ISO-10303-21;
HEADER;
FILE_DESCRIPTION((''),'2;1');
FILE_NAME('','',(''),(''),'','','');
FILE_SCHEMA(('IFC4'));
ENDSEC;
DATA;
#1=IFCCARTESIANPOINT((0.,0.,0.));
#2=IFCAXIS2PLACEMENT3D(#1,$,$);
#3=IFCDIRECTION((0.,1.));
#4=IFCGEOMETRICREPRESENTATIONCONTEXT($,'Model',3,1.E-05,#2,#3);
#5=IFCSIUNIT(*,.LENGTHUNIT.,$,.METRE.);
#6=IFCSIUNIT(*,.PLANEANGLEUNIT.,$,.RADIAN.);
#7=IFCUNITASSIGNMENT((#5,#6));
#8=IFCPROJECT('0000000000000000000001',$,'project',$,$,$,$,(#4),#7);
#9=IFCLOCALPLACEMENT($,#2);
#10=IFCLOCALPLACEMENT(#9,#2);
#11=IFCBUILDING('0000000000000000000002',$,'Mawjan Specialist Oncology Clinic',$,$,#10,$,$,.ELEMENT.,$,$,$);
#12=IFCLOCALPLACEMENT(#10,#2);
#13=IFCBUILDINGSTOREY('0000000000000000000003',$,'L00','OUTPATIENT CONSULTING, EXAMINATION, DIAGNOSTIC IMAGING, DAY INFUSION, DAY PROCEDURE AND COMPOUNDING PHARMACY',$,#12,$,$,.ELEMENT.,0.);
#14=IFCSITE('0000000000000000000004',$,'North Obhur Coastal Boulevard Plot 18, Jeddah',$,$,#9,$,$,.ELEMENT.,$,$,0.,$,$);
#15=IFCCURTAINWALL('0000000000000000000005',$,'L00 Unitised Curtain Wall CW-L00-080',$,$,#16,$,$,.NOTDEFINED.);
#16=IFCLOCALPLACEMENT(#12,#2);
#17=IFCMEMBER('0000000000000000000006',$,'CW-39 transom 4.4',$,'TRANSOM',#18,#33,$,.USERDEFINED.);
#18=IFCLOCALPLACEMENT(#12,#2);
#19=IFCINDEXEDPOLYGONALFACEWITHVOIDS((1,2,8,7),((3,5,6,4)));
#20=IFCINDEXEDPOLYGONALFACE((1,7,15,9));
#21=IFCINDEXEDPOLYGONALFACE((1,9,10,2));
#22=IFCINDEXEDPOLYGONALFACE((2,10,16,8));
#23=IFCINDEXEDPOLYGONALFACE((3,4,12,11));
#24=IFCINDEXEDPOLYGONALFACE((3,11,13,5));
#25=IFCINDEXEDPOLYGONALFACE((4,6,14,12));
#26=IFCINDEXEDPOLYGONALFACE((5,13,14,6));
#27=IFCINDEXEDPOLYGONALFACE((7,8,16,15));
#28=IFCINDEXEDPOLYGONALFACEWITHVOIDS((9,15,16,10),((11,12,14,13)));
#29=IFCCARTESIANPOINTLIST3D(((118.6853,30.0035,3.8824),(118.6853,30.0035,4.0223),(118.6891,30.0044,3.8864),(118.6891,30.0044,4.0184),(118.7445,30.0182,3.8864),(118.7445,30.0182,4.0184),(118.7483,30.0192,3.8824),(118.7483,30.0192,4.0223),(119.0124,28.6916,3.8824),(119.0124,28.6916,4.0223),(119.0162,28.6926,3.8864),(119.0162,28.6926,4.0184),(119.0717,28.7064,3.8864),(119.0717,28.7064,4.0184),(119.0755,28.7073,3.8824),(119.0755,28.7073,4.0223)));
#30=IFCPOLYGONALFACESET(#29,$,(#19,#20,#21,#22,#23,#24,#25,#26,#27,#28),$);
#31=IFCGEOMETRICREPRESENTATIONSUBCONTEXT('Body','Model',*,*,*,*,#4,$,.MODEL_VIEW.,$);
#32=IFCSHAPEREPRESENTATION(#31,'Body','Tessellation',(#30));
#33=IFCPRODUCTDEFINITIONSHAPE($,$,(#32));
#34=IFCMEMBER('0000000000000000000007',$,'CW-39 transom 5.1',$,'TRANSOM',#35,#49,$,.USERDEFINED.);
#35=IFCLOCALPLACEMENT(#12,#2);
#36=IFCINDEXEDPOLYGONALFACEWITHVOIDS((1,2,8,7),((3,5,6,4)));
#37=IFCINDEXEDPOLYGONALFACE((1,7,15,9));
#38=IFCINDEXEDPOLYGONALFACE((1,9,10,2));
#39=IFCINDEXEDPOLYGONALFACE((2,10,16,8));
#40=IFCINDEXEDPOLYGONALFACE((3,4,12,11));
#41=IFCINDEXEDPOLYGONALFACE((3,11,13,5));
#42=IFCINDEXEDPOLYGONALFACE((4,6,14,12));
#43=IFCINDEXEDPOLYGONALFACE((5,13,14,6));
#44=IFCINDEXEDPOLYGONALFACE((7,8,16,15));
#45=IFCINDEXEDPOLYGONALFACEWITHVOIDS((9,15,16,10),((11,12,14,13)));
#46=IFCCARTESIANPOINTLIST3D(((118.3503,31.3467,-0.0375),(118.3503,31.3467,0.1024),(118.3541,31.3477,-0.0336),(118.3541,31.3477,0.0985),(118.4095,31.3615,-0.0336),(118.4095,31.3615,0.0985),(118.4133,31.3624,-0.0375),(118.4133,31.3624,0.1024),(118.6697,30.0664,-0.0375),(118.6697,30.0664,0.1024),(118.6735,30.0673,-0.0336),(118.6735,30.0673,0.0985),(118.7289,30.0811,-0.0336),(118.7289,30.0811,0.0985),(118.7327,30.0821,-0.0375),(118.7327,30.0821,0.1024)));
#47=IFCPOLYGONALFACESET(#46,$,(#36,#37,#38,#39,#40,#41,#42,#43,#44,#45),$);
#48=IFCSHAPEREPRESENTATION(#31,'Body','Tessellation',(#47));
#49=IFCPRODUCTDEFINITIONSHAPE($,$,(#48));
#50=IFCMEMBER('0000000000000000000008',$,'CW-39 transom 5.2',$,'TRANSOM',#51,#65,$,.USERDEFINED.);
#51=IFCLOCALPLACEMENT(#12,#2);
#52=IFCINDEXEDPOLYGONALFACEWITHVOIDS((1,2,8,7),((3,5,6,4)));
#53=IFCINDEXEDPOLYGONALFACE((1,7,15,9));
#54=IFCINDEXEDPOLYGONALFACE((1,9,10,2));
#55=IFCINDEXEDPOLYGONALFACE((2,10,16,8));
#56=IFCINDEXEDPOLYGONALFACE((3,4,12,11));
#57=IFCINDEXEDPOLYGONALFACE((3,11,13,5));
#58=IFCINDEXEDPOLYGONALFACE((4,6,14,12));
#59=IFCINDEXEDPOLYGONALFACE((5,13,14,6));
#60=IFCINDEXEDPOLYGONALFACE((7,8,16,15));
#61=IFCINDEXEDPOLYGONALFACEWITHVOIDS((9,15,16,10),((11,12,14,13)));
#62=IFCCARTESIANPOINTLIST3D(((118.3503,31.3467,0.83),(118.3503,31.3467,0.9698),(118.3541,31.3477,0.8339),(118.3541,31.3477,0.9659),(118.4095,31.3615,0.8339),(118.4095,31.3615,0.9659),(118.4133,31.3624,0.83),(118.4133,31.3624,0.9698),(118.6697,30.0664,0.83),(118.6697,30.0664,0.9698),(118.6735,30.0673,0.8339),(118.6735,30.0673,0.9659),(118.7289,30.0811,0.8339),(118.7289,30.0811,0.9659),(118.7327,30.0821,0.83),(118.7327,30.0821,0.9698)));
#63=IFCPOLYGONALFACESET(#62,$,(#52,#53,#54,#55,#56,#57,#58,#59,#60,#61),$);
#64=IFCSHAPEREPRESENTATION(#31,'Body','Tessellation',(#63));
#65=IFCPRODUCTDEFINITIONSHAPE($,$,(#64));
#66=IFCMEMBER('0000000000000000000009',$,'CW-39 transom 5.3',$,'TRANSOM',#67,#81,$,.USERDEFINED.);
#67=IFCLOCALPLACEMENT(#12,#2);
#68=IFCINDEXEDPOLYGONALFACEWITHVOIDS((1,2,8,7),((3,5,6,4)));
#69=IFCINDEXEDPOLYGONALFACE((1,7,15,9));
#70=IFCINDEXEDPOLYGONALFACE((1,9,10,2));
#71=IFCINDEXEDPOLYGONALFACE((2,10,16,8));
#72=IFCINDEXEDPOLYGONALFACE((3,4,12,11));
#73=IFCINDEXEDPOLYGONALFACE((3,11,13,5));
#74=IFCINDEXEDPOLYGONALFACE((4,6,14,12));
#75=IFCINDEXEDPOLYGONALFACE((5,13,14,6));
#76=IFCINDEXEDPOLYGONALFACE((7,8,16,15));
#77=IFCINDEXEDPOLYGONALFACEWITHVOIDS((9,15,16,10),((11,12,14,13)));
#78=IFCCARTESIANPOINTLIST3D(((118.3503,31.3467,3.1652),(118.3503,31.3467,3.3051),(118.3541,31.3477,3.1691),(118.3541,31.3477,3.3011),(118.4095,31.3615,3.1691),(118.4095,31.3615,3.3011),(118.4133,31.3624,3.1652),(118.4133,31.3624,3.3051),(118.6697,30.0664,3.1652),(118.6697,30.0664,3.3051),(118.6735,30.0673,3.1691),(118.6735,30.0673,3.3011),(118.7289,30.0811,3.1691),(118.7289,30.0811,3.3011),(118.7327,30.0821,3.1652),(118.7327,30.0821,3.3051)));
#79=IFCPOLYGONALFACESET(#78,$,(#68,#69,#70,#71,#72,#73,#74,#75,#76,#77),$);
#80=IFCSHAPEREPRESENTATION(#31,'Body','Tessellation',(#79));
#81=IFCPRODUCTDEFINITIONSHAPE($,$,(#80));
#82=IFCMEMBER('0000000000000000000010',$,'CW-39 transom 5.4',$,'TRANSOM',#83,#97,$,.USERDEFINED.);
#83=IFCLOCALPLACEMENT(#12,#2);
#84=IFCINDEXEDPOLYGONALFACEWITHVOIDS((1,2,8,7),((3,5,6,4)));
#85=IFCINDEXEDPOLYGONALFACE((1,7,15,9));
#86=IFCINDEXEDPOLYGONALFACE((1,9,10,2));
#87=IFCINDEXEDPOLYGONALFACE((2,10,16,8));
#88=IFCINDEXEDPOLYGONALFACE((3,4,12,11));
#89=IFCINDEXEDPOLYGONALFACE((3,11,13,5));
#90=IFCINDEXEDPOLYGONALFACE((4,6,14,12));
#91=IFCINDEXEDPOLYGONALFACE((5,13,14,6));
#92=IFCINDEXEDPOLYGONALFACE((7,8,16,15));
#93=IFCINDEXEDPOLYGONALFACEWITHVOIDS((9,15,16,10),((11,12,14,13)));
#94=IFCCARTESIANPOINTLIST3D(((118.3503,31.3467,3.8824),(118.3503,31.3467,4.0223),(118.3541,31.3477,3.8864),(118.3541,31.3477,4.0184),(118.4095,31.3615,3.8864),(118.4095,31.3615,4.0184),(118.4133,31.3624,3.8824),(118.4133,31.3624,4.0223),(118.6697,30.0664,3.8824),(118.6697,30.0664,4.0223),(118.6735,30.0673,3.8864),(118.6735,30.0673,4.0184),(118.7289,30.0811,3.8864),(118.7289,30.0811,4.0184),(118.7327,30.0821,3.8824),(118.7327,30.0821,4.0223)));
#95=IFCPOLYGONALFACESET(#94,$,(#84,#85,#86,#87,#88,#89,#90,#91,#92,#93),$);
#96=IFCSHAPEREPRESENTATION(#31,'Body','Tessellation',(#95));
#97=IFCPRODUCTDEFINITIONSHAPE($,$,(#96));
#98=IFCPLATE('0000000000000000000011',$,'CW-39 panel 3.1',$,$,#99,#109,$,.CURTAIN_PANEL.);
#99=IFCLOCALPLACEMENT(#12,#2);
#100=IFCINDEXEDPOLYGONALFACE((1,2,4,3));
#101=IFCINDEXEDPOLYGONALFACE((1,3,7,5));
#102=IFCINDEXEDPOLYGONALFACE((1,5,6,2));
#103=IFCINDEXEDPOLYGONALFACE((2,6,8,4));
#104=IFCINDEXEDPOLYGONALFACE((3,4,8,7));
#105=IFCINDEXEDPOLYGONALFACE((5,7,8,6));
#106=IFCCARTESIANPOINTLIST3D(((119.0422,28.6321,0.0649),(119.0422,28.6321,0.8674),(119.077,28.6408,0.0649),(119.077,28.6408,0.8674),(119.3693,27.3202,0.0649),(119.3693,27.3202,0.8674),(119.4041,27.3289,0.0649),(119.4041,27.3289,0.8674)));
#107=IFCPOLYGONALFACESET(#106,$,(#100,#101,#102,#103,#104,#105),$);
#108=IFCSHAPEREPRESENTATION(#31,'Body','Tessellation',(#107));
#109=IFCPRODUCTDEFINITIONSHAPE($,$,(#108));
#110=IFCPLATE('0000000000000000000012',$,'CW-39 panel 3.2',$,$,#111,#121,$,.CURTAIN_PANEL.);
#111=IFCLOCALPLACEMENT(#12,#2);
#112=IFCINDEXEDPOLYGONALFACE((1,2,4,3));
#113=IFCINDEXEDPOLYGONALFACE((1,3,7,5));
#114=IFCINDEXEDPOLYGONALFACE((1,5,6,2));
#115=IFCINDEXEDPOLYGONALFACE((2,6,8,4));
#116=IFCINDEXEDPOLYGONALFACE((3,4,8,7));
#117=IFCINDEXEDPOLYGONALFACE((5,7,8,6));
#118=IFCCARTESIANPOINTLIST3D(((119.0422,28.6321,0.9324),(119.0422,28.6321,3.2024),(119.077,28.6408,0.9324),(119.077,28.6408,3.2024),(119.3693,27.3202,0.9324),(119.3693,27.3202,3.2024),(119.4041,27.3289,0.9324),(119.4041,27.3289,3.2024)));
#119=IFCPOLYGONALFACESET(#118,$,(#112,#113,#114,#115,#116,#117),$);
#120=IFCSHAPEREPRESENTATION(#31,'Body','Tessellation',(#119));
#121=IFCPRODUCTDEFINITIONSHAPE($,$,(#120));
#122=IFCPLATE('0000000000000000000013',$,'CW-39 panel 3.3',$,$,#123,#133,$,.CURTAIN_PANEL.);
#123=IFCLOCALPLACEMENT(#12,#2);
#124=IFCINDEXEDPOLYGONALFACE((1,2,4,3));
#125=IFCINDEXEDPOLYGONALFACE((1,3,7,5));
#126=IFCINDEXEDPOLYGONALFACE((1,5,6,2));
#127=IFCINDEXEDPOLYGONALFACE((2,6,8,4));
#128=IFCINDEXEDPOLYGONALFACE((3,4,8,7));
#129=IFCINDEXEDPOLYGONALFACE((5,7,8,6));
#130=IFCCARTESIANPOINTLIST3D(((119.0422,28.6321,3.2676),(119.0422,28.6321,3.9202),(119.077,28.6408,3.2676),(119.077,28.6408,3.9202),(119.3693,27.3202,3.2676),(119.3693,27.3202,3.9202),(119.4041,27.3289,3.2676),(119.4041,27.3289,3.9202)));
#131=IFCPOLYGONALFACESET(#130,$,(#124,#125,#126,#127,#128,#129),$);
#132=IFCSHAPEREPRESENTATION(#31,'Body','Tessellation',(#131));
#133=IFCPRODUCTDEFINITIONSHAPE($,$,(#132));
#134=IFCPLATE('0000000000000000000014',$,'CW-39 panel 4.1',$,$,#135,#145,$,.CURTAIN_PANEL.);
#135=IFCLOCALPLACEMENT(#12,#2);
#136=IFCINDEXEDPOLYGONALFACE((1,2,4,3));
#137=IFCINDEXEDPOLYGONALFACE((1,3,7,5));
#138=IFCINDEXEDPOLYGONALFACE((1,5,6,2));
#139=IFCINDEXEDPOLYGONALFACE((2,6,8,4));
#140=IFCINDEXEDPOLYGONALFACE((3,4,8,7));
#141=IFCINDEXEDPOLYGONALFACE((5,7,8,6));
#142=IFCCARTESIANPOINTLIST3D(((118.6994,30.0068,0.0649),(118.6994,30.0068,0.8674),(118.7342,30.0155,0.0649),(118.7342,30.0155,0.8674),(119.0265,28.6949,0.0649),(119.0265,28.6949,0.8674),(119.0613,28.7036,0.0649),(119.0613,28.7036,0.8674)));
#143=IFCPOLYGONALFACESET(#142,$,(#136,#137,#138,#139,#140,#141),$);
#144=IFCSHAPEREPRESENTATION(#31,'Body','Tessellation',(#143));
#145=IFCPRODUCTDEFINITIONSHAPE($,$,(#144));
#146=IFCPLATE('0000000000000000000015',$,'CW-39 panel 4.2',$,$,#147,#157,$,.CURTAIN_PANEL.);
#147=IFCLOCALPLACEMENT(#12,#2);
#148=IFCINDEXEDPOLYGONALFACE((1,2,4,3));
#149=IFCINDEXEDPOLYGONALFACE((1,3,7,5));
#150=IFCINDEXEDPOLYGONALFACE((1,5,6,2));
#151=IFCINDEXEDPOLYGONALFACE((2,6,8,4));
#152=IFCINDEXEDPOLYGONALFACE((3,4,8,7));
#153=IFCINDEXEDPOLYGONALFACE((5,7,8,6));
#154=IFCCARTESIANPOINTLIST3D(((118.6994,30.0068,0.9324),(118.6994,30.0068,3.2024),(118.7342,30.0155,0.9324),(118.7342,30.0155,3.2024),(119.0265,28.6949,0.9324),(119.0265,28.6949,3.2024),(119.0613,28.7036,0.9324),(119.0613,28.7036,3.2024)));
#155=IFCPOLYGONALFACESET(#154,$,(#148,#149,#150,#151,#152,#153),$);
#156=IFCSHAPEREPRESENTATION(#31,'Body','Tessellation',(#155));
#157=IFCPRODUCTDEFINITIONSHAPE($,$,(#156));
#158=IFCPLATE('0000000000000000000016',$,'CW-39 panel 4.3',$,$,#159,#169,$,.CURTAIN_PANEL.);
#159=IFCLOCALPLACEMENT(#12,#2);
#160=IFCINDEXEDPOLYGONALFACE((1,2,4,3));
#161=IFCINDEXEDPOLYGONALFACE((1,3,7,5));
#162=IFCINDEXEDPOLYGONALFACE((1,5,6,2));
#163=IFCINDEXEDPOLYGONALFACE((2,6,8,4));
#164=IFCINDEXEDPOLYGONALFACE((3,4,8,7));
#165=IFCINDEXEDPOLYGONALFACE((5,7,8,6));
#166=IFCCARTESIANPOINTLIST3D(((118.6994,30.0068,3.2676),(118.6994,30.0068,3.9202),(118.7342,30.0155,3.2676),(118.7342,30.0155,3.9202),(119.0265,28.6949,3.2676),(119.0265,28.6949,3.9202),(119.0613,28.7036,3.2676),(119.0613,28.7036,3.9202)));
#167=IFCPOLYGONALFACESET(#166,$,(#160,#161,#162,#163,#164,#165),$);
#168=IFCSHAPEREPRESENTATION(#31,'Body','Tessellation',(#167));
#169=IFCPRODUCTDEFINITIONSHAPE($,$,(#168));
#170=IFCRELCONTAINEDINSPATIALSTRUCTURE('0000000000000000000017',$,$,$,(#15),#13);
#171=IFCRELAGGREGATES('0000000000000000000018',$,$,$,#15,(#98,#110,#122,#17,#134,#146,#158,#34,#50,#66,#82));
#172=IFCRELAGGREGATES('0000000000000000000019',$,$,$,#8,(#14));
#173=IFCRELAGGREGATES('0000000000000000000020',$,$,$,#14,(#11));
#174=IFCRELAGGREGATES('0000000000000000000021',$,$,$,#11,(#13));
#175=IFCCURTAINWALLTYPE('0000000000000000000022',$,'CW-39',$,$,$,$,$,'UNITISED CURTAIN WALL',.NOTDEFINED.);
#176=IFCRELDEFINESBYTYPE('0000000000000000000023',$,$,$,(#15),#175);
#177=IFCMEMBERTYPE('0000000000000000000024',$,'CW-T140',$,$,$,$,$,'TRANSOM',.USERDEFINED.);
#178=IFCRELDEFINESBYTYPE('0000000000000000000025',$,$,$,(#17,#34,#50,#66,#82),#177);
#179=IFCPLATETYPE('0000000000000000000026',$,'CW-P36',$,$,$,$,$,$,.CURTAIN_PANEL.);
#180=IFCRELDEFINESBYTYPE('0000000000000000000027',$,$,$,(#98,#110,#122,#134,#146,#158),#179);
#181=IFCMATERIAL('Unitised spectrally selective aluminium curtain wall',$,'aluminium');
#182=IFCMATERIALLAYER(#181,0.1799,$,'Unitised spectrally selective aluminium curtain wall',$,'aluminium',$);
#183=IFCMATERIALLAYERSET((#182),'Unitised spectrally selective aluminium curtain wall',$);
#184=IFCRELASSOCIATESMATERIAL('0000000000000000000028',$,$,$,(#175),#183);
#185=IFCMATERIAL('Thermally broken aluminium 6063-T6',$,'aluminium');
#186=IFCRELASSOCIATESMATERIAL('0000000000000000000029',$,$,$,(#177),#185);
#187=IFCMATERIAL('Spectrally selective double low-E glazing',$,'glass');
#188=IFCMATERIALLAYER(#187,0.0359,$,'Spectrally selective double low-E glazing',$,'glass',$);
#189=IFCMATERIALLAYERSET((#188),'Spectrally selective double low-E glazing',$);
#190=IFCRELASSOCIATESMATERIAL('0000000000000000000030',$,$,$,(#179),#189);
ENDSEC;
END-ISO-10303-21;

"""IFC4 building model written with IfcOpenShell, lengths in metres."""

from ifc_helpers import new_model, si_unit, direction, frame, origin, origin_2d, place, context, subcontext, project, spatial, rectangle, hollow_rectangle, extrude, material, layer, layer_set, material_profile, profile_set, type_object, element, aggregate, save


model = new_model("IFC4")

# Units and contexts
model_context = context("Model", 3, precision=1e-05, world=origin(), true_north=direction((0.0, 1.0)))
body_context = subcontext(model_context, "Body", "Model", "MODEL_VIEW")
ifc_project = project(units=[si_unit("LENGTHUNIT", "METRE"), si_unit("PLANEANGLEUNIT", "RADIAN")], contexts=[model_context])

# Site, building, storey
site_placement = place(None, origin())
site = spatial("IfcSite", under=ifc_project, at=site_placement, Name="North Obhur Coastal Boulevard Plot 18, Jeddah", CompositionType="ELEMENT", RefElevation=0.0)
building_placement = place(site_placement, origin())
building = spatial("IfcBuilding", under=site, at=building_placement, Name="Mawjan Specialist Oncology Clinic", CompositionType="ELEMENT")
storey_placement = place(building_placement, origin())
storey = spatial("IfcBuildingStorey", under=building, at=storey_placement, Name="L00", Description="OUTPATIENT CONSULTING, EXAMINATION, DIAGNOSTIC IMAGING, DAY INFUSION, DAY PROCEDURE AND COMPOUNDING PHARMACY", CompositionType="ELEMENT", Elevation=0.0)

# Curtain wall, members, plates
ifc_material_1 = material(Name="Unitised spectrally selective aluminium curtain wall", Category="aluminium")
ifc_layer_1 = layer(ifc_material_1, 0.1799, Name="Unitised spectrally selective aluminium curtain wall", Category="aluminium")
ifc_layer_set_1 = layer_set([ifc_layer_1], Name="Unitised spectrally selective aluminium curtain wall")
curtain_wall_type = type_object("IfcCurtainWallType", Name="CW-39", ElementType="UNITISED CURTAIN WALL", PredefinedType="NOTDEFINED", material=ifc_layer_set_1)
curtain_wall_placement = place(storey_placement, origin())
curtain_wall = element("IfcCurtainWall", 1, at=curtain_wall_placement, inside=storey, type_object=curtain_wall_type, Name="L00 Unitised Curtain Wall CW-L00-080", PredefinedType="NOTDEFINED")
ifc_material_2 = material(Name="Thermally broken aluminium 6063-T6", Category="aluminium")
ifc_material_profile_1 = material_profile(ifc_material_2, hollow_rectangle(XDim=0.0649, YDim=0.1399, WallThickness=0.0039, at=origin_2d()), Name="ALU TRANSOM 140x65x4", Category="aluminium")
ifc_profile_set_1 = profile_set([ifc_material_profile_1], Name="Thermally broken aluminium 6063-T6")
member_type_1 = type_object("IfcMemberType", Name="CW-T140", ElementType="TRANSOM", PredefinedType="USERDEFINED", material=ifc_profile_set_1)
member_1_placement = place(storey_placement, frame((119.0439, 28.6995, 3.9524), z_axis=(-0.241983, 0.97028, 0.0), x_axis=(-0.97028, -0.241983, 0.0)))
member_1 = element("IfcMember", 2, at=member_1_placement, type_object=member_type_1, Name="CW-39 transom 4.4", ObjectType="TRANSOM", PredefinedType="USERDEFINED", context=body_context, shape_type="SweptSolid", body=[
    extrude(hollow_rectangle(XDim=0.0649, YDim=0.1399, WallThickness=0.0039, at=origin_2d()), origin(), (0.0, 0.0, 1.0), 1.3521),
])
member_2_placement = place(storey_placement, frame((118.7012, 30.0742, 0.0325), z_axis=(-0.242013, 0.970273, 0.0), x_axis=(-0.970273, -0.242013, 0.0)))
member_2 = element("IfcMember", 3, at=member_2_placement, type_object=member_type_1, Name="CW-39 transom 5.1", ObjectType="TRANSOM", PredefinedType="USERDEFINED", context=body_context, shape_type="SweptSolid", body=[
    extrude(hollow_rectangle(XDim=0.0649, YDim=0.1399, WallThickness=0.0039, at=origin_2d()), origin(), (0.0, 0.0, 1.0), 1.3196),
])
member_3_placement = place(storey_placement, frame((118.7012, 30.0742, 0.8999), z_axis=(-0.242013, 0.970273, 0.0), x_axis=(-0.970273, -0.242013, 0.0)))
member_3 = element("IfcMember", 4, at=member_3_placement, type_object=member_type_1, Name="CW-39 transom 5.2", ObjectType="TRANSOM", PredefinedType="USERDEFINED", context=body_context, shape_type="SweptSolid", body=[
    extrude(hollow_rectangle(XDim=0.0649, YDim=0.1399, WallThickness=0.0039, at=origin_2d()), origin(), (0.0, 0.0, 1.0), 1.3196),
])
member_4_placement = place(storey_placement, frame((118.7012, 30.0742, 3.2351), z_axis=(-0.242013, 0.970273, 0.0), x_axis=(-0.970273, -0.242013, 0.0)))
member_4 = element("IfcMember", 5, at=member_4_placement, type_object=member_type_1, Name="CW-39 transom 5.3", ObjectType="TRANSOM", PredefinedType="USERDEFINED", context=body_context, shape_type="SweptSolid", body=[
    extrude(hollow_rectangle(XDim=0.0649, YDim=0.1399, WallThickness=0.0039, at=origin_2d()), origin(), (0.0, 0.0, 1.0), 1.3196),
])
member_5_placement = place(storey_placement, frame((118.7012, 30.0742, 3.9524), z_axis=(-0.242013, 0.970273, 0.0), x_axis=(-0.970273, -0.242013, 0.0)))
member_5 = element("IfcMember", 6, at=member_5_placement, type_object=member_type_1, Name="CW-39 transom 5.4", ObjectType="TRANSOM", PredefinedType="USERDEFINED", context=body_context, shape_type="SweptSolid", body=[
    extrude(hollow_rectangle(XDim=0.0649, YDim=0.1399, WallThickness=0.0039, at=origin_2d()), origin(), (0.0, 0.0, 1.0), 1.3196),
])
ifc_material_3 = material(Name="Spectrally selective double low-E glazing", Category="glass")
ifc_layer_2 = layer(ifc_material_3, 0.0359, Name="Spectrally selective double low-E glazing", Category="glass")
ifc_layer_set_2 = layer_set([ifc_layer_2], Name="Spectrally selective double low-E glazing")
plate_type = type_object("IfcPlateType", Name="CW-P36", PredefinedType="CURTAIN_PANEL", material=ifc_layer_set_2)
plate_1_placement = place(storey_placement, frame((119.2231, 27.9805, 0.0649), z_axis=(0.0, 0.0, 1.0), x_axis=(-0.241922, 0.970296, 0.0)))
plate_1 = element("IfcPlate", 7, at=plate_1_placement, type_object=plate_type, Name="CW-39 panel 3.1", PredefinedType="CURTAIN_PANEL", context=body_context, shape_type="SweptSolid", body=[
    extrude(rectangle(XDim=1.3521, YDim=0.0359, at=origin_2d()), origin(), (0.0, 0.0, 1.0), 0.8025),
])
plate_2_placement = place(storey_placement, frame((119.2231, 27.9805, 0.9324), z_axis=(0.0, 0.0, 1.0), x_axis=(-0.241922, 0.970296, 0.0)))
plate_2 = element("IfcPlate", 8, at=plate_2_placement, type_object=plate_type, Name="CW-39 panel 3.2", PredefinedType="CURTAIN_PANEL", context=body_context, shape_type="SweptSolid", body=[
    extrude(rectangle(XDim=1.3521, YDim=0.0359, at=origin_2d()), origin(), (0.0, 0.0, 1.0), 2.27),
])
plate_3_placement = place(storey_placement, frame((119.2231, 27.9805, 3.2676), z_axis=(0.0, 0.0, 1.0), x_axis=(-0.241922, 0.970296, 0.0)))
plate_3 = element("IfcPlate", 9, at=plate_3_placement, type_object=plate_type, Name="CW-39 panel 3.3", PredefinedType="CURTAIN_PANEL", context=body_context, shape_type="SweptSolid", body=[
    extrude(rectangle(XDim=1.3521, YDim=0.0359, at=origin_2d()), origin(), (0.0, 0.0, 1.0), 0.6526),
])
plate_4_placement = place(storey_placement, frame((118.8804, 29.3552, 0.0649), z_axis=(0.0, 0.0, 1.0), x_axis=(-0.241922, 0.970296, 0.0)))
plate_4 = element("IfcPlate", 10, at=plate_4_placement, type_object=plate_type, Name="CW-39 panel 4.1", PredefinedType="CURTAIN_PANEL", context=body_context, shape_type="SweptSolid", body=[
    extrude(rectangle(XDim=1.3521, YDim=0.0359, at=origin_2d()), origin(), (0.0, 0.0, 1.0), 0.8025),
])
plate_5_placement = place(storey_placement, frame((118.8804, 29.3552, 0.9324), z_axis=(0.0, 0.0, 1.0), x_axis=(-0.241922, 0.970296, 0.0)))
plate_5 = element("IfcPlate", 11, at=plate_5_placement, type_object=plate_type, Name="CW-39 panel 4.2", PredefinedType="CURTAIN_PANEL", context=body_context, shape_type="SweptSolid", body=[
    extrude(rectangle(XDim=1.3521, YDim=0.0359, at=origin_2d()), origin(), (0.0, 0.0, 1.0), 2.27),
])
plate_6_placement = place(storey_placement, frame((118.8804, 29.3552, 3.2676), z_axis=(0.0, 0.0, 1.0), x_axis=(-0.241922, 0.970296, 0.0)))
plate_6 = element("IfcPlate", 12, at=plate_6_placement, type_object=plate_type, Name="CW-39 panel 4.3", PredefinedType="CURTAIN_PANEL", context=body_context, shape_type="SweptSolid", body=[
    extrude(rectangle(XDim=1.3521, YDim=0.0359, at=origin_2d()), origin(), (0.0, 0.0, 1.0), 0.6526),
])
aggregate(curtain_wall, [plate_1, plate_2, plate_3, member_1, plate_4, plate_5, plate_6, member_2, member_3, member_4, member_5])

save(model, "model.ifc")
